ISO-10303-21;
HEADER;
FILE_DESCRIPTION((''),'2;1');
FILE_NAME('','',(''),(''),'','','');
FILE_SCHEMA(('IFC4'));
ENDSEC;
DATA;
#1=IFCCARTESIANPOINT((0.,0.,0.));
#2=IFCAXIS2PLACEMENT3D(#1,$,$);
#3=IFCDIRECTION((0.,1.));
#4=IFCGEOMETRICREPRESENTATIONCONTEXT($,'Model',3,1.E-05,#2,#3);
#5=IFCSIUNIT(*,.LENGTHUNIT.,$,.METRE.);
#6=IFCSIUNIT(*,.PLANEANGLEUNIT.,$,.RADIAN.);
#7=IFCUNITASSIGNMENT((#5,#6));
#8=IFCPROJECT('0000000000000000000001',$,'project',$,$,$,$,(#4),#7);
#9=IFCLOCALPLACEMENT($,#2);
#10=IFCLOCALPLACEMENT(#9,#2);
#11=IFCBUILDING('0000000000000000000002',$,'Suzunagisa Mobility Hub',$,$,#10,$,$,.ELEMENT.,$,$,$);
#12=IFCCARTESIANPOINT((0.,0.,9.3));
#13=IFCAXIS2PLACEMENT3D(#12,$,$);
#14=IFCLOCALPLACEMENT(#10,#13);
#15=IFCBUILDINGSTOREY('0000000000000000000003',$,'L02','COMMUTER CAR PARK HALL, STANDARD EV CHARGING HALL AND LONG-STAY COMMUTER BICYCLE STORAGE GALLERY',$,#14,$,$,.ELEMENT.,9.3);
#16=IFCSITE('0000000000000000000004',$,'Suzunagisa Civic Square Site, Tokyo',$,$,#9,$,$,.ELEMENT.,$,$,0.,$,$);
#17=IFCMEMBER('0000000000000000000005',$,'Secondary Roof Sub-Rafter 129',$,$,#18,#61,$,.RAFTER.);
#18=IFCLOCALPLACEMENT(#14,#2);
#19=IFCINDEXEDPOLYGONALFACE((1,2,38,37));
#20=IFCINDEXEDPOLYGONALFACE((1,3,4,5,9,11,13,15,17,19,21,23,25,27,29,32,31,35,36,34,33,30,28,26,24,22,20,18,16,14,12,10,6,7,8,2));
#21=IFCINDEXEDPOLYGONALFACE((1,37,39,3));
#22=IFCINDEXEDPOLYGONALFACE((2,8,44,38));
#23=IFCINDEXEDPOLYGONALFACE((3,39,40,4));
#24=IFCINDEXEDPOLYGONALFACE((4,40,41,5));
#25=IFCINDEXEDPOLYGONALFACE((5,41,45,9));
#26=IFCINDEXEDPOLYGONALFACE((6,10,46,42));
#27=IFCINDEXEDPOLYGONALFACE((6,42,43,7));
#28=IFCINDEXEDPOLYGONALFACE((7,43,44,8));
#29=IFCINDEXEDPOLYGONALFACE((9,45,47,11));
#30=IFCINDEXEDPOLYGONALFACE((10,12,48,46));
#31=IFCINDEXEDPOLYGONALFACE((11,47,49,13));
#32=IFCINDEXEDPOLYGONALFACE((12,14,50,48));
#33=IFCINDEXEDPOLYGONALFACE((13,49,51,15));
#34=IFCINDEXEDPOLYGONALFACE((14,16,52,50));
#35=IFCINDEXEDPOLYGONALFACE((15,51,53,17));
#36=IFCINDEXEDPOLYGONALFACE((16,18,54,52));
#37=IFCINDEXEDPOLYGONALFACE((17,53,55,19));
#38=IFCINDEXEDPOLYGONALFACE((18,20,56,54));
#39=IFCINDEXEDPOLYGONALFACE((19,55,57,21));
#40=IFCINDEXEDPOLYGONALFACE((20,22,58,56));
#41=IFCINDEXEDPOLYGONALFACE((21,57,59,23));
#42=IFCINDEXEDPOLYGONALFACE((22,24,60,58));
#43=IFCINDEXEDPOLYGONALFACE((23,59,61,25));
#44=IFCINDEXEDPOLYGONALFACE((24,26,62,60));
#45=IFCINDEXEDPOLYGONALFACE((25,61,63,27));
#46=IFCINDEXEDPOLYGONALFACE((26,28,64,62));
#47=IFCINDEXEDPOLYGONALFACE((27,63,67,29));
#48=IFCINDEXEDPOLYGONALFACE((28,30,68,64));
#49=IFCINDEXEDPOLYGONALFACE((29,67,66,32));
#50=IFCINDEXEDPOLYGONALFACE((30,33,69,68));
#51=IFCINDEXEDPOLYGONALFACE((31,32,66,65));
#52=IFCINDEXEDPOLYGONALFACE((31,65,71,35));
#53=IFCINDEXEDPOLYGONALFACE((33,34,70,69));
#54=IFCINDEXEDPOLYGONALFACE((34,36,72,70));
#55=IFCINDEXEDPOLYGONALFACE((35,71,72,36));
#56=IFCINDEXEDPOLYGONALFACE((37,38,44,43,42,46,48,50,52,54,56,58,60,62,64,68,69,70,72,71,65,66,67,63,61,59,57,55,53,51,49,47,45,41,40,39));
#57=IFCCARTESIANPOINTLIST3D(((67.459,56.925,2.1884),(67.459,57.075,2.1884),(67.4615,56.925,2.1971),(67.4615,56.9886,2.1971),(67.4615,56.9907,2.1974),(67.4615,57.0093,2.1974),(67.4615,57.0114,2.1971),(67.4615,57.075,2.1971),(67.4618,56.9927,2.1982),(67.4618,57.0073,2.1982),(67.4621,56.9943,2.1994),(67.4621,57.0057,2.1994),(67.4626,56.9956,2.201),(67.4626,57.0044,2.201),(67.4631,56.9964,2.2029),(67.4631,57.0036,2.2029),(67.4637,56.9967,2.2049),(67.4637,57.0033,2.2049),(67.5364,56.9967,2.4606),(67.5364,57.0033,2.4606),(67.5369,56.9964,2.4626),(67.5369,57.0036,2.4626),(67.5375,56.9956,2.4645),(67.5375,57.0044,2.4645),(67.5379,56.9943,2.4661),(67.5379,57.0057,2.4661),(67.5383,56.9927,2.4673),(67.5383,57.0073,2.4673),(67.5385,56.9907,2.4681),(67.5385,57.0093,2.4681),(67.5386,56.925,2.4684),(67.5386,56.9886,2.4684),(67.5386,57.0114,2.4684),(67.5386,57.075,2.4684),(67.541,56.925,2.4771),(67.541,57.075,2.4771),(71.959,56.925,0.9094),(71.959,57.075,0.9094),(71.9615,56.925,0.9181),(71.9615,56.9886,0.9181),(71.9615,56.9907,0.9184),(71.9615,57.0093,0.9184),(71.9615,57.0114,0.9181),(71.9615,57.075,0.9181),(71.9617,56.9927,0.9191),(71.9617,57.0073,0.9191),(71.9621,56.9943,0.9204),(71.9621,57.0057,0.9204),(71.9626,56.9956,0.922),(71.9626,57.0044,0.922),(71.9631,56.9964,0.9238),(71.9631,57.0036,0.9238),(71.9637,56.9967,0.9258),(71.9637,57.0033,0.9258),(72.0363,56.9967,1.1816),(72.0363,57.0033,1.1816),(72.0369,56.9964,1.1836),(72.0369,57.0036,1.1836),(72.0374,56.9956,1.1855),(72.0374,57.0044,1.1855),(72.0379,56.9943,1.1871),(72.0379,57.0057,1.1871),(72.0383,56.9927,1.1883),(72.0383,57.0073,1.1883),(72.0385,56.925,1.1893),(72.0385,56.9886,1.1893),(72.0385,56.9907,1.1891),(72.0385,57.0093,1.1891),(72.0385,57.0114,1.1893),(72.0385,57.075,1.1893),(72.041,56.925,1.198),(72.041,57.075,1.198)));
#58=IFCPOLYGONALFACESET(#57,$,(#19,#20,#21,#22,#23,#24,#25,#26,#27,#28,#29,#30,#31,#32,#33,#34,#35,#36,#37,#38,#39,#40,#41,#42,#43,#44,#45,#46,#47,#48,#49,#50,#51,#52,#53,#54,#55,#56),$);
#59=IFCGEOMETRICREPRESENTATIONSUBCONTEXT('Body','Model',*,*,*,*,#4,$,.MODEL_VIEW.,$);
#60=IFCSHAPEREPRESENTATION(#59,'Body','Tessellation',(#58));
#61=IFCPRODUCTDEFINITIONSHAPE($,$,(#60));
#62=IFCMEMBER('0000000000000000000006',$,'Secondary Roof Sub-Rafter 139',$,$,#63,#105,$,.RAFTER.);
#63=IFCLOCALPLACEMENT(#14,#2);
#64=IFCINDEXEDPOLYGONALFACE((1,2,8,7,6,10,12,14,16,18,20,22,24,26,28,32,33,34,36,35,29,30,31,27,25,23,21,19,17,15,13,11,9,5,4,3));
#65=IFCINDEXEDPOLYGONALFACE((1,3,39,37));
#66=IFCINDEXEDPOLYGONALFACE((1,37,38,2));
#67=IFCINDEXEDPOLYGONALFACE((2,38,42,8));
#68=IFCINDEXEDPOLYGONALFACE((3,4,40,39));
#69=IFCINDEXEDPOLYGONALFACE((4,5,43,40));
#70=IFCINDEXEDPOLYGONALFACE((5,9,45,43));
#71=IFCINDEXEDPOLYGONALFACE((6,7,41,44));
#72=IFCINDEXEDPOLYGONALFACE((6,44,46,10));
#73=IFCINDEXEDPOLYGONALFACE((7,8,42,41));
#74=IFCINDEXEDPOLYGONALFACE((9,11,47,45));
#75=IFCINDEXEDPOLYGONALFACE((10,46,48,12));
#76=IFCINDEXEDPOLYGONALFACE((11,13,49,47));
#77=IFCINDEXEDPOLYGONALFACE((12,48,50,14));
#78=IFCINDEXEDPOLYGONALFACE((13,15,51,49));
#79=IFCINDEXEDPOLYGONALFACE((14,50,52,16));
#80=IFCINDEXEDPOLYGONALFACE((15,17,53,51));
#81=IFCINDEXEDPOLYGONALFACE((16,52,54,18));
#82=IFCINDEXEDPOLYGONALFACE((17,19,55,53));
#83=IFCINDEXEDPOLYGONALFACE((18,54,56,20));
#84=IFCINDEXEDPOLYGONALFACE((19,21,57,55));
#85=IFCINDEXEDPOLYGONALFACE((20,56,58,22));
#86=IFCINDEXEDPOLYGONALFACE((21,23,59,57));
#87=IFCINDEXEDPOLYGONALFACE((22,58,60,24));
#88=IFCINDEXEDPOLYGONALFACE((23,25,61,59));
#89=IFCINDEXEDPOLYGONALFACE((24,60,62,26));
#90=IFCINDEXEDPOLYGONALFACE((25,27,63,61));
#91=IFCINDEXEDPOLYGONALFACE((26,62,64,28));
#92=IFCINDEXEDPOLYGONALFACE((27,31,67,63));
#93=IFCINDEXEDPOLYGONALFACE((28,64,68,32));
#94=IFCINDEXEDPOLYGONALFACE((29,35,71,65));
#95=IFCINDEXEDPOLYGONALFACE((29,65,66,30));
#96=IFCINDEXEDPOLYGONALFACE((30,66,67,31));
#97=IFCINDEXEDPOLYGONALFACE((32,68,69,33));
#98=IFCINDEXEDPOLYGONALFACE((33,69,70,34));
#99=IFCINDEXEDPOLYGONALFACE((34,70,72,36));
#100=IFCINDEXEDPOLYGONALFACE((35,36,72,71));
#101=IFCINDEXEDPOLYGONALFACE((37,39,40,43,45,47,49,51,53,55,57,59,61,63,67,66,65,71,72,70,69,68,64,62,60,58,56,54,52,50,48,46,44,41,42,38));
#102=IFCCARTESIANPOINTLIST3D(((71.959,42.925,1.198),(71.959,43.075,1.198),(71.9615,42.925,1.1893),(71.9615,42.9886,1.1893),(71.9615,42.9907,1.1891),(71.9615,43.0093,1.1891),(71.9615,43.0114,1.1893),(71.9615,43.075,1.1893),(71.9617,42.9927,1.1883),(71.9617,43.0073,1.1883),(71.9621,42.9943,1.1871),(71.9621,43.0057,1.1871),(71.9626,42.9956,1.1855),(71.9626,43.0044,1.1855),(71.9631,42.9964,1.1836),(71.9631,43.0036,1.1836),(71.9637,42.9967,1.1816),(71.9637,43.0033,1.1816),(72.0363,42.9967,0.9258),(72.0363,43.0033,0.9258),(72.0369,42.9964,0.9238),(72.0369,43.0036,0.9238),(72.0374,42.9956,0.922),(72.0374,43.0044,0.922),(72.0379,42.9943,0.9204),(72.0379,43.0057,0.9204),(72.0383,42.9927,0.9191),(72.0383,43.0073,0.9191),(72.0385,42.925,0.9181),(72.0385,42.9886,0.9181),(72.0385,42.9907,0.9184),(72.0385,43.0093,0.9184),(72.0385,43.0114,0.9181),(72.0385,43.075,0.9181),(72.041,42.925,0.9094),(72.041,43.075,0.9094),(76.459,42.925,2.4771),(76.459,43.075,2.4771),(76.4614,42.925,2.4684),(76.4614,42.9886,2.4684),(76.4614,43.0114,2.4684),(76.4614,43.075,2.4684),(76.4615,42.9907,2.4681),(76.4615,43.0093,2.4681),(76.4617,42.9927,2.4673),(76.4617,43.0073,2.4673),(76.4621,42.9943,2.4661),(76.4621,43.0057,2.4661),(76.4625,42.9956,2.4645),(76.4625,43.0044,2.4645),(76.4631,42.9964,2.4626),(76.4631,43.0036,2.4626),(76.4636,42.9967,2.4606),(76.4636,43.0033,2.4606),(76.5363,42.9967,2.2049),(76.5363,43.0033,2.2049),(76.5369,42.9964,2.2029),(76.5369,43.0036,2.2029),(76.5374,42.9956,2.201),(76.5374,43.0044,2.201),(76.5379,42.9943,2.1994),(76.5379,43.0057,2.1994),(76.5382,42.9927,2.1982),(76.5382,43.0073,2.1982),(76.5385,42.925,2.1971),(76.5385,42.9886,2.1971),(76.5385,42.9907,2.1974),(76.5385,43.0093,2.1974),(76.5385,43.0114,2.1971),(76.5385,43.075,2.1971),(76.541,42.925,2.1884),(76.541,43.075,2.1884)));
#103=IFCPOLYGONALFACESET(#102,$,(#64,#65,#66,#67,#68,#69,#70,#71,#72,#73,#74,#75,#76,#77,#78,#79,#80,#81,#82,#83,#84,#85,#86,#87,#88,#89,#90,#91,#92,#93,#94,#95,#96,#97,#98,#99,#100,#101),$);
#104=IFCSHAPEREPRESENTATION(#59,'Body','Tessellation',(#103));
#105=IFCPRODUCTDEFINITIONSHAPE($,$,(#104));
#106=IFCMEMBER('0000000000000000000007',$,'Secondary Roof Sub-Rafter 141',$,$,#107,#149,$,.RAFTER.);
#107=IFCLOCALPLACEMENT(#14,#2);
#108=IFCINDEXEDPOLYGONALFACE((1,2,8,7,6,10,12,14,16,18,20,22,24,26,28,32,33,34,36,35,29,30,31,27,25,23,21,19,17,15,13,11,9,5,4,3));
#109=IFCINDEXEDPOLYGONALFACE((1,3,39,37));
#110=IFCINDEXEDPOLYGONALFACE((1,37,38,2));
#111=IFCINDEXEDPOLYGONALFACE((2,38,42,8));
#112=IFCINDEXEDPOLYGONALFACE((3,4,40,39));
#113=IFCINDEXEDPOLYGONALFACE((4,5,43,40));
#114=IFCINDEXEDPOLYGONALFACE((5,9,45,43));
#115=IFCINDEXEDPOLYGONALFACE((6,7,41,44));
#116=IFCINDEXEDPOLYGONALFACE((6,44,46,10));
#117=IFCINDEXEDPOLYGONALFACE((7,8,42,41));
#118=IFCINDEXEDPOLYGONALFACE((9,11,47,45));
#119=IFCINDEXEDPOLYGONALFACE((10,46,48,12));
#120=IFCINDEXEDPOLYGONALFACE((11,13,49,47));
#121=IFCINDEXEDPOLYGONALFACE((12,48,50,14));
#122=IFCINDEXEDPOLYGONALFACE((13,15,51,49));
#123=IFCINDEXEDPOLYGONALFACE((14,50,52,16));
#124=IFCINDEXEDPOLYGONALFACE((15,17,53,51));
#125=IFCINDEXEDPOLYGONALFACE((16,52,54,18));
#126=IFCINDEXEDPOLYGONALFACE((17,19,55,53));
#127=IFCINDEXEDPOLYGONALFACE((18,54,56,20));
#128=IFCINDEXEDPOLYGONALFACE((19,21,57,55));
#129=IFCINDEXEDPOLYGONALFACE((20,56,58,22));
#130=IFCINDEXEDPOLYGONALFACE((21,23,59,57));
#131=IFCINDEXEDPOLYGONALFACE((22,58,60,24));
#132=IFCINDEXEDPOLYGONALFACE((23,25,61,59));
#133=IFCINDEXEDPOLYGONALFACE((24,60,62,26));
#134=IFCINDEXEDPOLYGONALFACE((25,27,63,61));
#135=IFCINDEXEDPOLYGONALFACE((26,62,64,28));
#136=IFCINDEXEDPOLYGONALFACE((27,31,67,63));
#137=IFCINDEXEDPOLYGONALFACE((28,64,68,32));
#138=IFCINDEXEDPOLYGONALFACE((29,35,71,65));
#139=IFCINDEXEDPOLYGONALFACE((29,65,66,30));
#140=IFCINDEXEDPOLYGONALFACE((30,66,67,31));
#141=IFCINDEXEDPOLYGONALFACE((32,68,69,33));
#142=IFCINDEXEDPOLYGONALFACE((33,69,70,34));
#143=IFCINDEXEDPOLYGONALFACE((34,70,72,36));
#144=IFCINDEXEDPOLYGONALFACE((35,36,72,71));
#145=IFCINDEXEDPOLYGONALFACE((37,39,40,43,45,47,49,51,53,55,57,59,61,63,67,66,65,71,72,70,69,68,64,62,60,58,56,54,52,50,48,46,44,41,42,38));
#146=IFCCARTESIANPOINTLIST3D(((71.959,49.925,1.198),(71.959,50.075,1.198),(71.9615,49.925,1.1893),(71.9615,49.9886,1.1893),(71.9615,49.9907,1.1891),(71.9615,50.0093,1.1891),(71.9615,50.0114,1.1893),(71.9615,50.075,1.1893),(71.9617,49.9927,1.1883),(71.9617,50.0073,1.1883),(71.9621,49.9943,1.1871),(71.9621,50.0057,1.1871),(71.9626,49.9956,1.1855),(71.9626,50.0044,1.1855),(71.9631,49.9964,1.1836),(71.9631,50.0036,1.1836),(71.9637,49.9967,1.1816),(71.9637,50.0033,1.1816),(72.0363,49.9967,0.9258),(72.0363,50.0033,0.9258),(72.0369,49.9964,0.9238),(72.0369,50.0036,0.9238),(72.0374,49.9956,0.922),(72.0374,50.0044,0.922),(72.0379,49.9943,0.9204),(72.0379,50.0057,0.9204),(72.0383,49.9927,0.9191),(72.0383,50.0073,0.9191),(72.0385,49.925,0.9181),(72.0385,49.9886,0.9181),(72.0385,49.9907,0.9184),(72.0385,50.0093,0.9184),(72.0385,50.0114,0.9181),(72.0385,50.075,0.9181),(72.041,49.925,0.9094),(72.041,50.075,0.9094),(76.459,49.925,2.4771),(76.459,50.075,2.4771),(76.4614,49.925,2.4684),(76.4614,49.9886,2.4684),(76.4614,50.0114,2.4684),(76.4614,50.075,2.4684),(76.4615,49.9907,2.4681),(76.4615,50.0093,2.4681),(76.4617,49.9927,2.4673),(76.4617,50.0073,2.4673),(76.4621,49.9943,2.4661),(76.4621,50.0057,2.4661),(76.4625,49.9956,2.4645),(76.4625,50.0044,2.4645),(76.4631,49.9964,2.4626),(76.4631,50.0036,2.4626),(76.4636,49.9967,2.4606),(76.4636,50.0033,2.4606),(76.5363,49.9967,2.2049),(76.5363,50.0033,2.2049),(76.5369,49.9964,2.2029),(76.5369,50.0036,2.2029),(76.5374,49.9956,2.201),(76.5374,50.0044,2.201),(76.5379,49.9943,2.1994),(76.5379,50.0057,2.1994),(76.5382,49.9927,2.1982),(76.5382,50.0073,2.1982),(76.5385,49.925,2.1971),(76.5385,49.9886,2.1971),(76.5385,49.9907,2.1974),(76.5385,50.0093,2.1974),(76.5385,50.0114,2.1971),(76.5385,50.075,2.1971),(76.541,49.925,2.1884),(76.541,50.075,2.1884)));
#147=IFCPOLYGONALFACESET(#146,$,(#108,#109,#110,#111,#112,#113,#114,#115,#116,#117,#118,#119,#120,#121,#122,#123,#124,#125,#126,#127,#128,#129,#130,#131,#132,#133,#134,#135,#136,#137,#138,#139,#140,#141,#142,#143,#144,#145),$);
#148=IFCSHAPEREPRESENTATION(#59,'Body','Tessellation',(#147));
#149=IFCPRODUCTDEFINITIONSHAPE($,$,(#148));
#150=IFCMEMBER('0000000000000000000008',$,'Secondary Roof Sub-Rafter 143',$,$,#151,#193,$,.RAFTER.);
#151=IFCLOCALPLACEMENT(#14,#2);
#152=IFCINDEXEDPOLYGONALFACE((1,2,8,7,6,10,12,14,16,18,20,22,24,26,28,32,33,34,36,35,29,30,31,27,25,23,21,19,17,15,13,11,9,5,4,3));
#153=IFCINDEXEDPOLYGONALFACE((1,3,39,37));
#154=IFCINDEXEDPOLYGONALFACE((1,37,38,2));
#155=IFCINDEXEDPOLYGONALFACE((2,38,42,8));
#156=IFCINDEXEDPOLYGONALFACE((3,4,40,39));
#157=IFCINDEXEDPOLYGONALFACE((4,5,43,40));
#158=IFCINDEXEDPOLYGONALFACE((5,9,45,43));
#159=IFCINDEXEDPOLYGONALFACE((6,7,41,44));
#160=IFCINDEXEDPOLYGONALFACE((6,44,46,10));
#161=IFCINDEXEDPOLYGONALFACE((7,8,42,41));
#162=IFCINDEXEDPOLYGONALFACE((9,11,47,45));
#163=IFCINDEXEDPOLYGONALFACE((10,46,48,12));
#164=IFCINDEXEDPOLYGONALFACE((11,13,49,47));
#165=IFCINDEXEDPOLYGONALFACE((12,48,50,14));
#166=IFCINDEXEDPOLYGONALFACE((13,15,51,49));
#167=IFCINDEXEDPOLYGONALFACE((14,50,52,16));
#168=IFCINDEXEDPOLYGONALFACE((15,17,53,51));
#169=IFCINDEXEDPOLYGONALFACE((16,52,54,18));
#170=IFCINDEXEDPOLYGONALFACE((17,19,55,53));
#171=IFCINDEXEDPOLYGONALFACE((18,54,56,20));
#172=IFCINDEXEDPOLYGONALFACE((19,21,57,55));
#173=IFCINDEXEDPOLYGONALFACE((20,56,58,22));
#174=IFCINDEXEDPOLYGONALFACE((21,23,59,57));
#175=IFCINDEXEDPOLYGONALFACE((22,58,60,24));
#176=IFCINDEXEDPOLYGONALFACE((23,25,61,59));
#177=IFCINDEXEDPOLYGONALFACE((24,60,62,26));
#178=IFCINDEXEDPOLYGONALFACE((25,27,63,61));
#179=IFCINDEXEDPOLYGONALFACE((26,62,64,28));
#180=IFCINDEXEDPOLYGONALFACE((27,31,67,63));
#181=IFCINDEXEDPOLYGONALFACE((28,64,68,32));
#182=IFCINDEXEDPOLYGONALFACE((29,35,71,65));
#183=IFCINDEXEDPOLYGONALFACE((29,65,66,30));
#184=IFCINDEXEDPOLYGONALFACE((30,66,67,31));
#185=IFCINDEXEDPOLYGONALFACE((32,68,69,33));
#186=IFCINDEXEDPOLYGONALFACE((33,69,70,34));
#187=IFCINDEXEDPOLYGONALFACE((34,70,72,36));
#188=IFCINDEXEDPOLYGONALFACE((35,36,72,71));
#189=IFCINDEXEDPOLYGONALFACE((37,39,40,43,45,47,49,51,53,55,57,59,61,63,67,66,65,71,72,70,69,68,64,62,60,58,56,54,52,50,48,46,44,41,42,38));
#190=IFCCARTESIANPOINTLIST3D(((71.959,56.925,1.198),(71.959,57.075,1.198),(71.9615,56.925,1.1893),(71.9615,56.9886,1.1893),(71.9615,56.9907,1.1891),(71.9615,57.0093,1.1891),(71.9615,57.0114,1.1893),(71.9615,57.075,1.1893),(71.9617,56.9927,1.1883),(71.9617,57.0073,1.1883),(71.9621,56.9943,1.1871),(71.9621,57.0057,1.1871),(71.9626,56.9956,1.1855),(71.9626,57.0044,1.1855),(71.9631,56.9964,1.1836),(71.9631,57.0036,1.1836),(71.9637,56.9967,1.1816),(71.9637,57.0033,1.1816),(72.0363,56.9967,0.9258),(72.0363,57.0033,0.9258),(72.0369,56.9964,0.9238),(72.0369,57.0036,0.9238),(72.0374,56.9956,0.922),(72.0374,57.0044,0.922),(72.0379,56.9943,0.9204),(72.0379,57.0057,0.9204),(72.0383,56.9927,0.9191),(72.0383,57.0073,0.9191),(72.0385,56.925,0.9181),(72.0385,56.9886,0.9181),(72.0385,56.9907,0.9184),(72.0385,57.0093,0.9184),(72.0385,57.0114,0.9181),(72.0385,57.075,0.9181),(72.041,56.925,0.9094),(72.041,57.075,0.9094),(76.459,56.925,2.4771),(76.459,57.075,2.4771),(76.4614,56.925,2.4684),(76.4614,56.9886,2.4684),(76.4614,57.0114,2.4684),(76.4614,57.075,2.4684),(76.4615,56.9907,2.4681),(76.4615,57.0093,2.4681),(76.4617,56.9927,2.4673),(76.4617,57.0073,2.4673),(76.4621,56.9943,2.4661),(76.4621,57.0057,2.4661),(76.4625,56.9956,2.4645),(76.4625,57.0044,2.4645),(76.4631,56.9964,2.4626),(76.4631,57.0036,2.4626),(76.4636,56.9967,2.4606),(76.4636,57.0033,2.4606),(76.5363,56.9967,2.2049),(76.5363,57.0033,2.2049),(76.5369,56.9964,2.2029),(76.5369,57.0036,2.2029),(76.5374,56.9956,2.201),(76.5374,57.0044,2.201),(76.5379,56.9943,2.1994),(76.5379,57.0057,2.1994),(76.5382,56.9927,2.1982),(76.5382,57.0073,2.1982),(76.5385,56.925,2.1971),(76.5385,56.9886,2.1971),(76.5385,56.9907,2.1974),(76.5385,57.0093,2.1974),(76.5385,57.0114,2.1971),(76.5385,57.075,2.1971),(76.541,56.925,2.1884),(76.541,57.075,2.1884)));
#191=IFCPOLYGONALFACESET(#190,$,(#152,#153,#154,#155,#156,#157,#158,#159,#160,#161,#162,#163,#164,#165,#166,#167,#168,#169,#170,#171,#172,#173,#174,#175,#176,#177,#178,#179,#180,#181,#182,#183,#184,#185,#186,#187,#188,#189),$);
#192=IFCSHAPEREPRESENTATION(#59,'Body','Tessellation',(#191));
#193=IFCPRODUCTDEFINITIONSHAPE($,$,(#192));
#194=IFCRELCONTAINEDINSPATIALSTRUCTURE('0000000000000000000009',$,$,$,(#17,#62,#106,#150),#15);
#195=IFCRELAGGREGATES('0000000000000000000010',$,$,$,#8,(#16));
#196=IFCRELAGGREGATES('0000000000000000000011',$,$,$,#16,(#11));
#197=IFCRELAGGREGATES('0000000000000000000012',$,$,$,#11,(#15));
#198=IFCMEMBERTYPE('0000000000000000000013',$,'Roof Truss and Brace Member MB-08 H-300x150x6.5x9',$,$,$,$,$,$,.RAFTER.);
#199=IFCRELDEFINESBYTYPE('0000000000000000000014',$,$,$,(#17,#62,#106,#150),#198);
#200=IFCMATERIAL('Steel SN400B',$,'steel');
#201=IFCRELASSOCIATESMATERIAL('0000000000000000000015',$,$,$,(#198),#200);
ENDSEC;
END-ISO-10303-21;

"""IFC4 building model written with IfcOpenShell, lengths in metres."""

from ifc_helpers import new_model, si_unit, direction, frame, origin, origin_2d, place, context, subcontext, project, spatial, i_section, extrude, material, material_profile, profile_set, type_object, element, save


model = new_model("IFC4")

# Units and contexts
model_context = context("Model", 3, precision=1e-05, world=origin(), true_north=direction((0.0, 1.0)))
body_context = subcontext(model_context, "Body", "Model", "MODEL_VIEW")
ifc_project = project(units=[si_unit("LENGTHUNIT", "METRE"), si_unit("PLANEANGLEUNIT", "RADIAN")], contexts=[model_context])

# Site, building, storey
site_placement = place(None, origin())
site = spatial("IfcSite", under=ifc_project, at=site_placement, Name="Suzunagisa Civic Square Site, Tokyo", CompositionType="ELEMENT", RefElevation=0.0)
building_placement = place(site_placement, origin())
building = spatial("IfcBuilding", under=site, at=building_placement, Name="Suzunagisa Mobility Hub", CompositionType="ELEMENT")
storey_placement = place(building_placement, frame((0.0, 0.0, 9.3)))
storey = spatial("IfcBuildingStorey", under=building, at=storey_placement, Name="L02", Description="COMMUTER CAR PARK HALL, STANDARD EV CHARGING HALL AND LONG-STAY COMMUTER BICYCLE STORAGE GALLERY", CompositionType="ELEMENT", Elevation=9.3)

# Members
ifc_material_1 = material(Name="Steel SN400B", Category="steel")
ifc_material_profile_1 = material_profile(ifc_material_1, i_section(OverallWidth=0.1499, OverallDepth=0.3, WebThickness=0.0066, FlangeThickness=0.009, FilletRadius=0.0081, at=origin_2d()), Name="H-300x150x6.5x9")
ifc_profile_set_1 = profile_set([ifc_material_profile_1], Name="Steel SN400B")
member_type_1 = type_object("IfcMemberType", Name="Roof Truss and Brace Member MB-08 H-300x150x6.5x9", PredefinedType="RAFTER", material=ifc_profile_set_1)
for number, where, z_axis, x_axis, name in (
    (1, (72.0, 57.0, 1.0537), (-0.961899, 0.0, 0.273404), (0.0, -1.0, 0.0), "Secondary Roof Sub-Rafter 129"),
    (2, (72.0, 43.0, 1.0537), (0.961899, 0.0, 0.273404), (0.0, 1.0, 0.0), "Secondary Roof Sub-Rafter 139"),
    (3, (72.0, 50.0, 1.0537), (0.961899, 0.0, 0.273404), (0.0, 1.0, 0.0), "Secondary Roof Sub-Rafter 141"),
    (4, (72.0, 57.0, 1.0537), (0.961899, 0.0, 0.273404), (0.0, 1.0, 0.0), "Secondary Roof Sub-Rafter 143"),
):
    element("IfcMember", number, at=place(storey_placement, frame(where, z_axis=z_axis, x_axis=x_axis)), inside=storey, type_object=member_type_1, Name=name, PredefinedType="RAFTER", context=body_context, shape_type="SweptSolid", body=[
        extrude(i_section(OverallWidth=0.1499, OverallDepth=0.3, WebThickness=0.0066, FlangeThickness=0.009, FilletRadius=0.0081, at=origin_2d()), origin(), (0.0, 0.0, 1.0), 4.6782),
    ])

save(model, "model.ifc")
